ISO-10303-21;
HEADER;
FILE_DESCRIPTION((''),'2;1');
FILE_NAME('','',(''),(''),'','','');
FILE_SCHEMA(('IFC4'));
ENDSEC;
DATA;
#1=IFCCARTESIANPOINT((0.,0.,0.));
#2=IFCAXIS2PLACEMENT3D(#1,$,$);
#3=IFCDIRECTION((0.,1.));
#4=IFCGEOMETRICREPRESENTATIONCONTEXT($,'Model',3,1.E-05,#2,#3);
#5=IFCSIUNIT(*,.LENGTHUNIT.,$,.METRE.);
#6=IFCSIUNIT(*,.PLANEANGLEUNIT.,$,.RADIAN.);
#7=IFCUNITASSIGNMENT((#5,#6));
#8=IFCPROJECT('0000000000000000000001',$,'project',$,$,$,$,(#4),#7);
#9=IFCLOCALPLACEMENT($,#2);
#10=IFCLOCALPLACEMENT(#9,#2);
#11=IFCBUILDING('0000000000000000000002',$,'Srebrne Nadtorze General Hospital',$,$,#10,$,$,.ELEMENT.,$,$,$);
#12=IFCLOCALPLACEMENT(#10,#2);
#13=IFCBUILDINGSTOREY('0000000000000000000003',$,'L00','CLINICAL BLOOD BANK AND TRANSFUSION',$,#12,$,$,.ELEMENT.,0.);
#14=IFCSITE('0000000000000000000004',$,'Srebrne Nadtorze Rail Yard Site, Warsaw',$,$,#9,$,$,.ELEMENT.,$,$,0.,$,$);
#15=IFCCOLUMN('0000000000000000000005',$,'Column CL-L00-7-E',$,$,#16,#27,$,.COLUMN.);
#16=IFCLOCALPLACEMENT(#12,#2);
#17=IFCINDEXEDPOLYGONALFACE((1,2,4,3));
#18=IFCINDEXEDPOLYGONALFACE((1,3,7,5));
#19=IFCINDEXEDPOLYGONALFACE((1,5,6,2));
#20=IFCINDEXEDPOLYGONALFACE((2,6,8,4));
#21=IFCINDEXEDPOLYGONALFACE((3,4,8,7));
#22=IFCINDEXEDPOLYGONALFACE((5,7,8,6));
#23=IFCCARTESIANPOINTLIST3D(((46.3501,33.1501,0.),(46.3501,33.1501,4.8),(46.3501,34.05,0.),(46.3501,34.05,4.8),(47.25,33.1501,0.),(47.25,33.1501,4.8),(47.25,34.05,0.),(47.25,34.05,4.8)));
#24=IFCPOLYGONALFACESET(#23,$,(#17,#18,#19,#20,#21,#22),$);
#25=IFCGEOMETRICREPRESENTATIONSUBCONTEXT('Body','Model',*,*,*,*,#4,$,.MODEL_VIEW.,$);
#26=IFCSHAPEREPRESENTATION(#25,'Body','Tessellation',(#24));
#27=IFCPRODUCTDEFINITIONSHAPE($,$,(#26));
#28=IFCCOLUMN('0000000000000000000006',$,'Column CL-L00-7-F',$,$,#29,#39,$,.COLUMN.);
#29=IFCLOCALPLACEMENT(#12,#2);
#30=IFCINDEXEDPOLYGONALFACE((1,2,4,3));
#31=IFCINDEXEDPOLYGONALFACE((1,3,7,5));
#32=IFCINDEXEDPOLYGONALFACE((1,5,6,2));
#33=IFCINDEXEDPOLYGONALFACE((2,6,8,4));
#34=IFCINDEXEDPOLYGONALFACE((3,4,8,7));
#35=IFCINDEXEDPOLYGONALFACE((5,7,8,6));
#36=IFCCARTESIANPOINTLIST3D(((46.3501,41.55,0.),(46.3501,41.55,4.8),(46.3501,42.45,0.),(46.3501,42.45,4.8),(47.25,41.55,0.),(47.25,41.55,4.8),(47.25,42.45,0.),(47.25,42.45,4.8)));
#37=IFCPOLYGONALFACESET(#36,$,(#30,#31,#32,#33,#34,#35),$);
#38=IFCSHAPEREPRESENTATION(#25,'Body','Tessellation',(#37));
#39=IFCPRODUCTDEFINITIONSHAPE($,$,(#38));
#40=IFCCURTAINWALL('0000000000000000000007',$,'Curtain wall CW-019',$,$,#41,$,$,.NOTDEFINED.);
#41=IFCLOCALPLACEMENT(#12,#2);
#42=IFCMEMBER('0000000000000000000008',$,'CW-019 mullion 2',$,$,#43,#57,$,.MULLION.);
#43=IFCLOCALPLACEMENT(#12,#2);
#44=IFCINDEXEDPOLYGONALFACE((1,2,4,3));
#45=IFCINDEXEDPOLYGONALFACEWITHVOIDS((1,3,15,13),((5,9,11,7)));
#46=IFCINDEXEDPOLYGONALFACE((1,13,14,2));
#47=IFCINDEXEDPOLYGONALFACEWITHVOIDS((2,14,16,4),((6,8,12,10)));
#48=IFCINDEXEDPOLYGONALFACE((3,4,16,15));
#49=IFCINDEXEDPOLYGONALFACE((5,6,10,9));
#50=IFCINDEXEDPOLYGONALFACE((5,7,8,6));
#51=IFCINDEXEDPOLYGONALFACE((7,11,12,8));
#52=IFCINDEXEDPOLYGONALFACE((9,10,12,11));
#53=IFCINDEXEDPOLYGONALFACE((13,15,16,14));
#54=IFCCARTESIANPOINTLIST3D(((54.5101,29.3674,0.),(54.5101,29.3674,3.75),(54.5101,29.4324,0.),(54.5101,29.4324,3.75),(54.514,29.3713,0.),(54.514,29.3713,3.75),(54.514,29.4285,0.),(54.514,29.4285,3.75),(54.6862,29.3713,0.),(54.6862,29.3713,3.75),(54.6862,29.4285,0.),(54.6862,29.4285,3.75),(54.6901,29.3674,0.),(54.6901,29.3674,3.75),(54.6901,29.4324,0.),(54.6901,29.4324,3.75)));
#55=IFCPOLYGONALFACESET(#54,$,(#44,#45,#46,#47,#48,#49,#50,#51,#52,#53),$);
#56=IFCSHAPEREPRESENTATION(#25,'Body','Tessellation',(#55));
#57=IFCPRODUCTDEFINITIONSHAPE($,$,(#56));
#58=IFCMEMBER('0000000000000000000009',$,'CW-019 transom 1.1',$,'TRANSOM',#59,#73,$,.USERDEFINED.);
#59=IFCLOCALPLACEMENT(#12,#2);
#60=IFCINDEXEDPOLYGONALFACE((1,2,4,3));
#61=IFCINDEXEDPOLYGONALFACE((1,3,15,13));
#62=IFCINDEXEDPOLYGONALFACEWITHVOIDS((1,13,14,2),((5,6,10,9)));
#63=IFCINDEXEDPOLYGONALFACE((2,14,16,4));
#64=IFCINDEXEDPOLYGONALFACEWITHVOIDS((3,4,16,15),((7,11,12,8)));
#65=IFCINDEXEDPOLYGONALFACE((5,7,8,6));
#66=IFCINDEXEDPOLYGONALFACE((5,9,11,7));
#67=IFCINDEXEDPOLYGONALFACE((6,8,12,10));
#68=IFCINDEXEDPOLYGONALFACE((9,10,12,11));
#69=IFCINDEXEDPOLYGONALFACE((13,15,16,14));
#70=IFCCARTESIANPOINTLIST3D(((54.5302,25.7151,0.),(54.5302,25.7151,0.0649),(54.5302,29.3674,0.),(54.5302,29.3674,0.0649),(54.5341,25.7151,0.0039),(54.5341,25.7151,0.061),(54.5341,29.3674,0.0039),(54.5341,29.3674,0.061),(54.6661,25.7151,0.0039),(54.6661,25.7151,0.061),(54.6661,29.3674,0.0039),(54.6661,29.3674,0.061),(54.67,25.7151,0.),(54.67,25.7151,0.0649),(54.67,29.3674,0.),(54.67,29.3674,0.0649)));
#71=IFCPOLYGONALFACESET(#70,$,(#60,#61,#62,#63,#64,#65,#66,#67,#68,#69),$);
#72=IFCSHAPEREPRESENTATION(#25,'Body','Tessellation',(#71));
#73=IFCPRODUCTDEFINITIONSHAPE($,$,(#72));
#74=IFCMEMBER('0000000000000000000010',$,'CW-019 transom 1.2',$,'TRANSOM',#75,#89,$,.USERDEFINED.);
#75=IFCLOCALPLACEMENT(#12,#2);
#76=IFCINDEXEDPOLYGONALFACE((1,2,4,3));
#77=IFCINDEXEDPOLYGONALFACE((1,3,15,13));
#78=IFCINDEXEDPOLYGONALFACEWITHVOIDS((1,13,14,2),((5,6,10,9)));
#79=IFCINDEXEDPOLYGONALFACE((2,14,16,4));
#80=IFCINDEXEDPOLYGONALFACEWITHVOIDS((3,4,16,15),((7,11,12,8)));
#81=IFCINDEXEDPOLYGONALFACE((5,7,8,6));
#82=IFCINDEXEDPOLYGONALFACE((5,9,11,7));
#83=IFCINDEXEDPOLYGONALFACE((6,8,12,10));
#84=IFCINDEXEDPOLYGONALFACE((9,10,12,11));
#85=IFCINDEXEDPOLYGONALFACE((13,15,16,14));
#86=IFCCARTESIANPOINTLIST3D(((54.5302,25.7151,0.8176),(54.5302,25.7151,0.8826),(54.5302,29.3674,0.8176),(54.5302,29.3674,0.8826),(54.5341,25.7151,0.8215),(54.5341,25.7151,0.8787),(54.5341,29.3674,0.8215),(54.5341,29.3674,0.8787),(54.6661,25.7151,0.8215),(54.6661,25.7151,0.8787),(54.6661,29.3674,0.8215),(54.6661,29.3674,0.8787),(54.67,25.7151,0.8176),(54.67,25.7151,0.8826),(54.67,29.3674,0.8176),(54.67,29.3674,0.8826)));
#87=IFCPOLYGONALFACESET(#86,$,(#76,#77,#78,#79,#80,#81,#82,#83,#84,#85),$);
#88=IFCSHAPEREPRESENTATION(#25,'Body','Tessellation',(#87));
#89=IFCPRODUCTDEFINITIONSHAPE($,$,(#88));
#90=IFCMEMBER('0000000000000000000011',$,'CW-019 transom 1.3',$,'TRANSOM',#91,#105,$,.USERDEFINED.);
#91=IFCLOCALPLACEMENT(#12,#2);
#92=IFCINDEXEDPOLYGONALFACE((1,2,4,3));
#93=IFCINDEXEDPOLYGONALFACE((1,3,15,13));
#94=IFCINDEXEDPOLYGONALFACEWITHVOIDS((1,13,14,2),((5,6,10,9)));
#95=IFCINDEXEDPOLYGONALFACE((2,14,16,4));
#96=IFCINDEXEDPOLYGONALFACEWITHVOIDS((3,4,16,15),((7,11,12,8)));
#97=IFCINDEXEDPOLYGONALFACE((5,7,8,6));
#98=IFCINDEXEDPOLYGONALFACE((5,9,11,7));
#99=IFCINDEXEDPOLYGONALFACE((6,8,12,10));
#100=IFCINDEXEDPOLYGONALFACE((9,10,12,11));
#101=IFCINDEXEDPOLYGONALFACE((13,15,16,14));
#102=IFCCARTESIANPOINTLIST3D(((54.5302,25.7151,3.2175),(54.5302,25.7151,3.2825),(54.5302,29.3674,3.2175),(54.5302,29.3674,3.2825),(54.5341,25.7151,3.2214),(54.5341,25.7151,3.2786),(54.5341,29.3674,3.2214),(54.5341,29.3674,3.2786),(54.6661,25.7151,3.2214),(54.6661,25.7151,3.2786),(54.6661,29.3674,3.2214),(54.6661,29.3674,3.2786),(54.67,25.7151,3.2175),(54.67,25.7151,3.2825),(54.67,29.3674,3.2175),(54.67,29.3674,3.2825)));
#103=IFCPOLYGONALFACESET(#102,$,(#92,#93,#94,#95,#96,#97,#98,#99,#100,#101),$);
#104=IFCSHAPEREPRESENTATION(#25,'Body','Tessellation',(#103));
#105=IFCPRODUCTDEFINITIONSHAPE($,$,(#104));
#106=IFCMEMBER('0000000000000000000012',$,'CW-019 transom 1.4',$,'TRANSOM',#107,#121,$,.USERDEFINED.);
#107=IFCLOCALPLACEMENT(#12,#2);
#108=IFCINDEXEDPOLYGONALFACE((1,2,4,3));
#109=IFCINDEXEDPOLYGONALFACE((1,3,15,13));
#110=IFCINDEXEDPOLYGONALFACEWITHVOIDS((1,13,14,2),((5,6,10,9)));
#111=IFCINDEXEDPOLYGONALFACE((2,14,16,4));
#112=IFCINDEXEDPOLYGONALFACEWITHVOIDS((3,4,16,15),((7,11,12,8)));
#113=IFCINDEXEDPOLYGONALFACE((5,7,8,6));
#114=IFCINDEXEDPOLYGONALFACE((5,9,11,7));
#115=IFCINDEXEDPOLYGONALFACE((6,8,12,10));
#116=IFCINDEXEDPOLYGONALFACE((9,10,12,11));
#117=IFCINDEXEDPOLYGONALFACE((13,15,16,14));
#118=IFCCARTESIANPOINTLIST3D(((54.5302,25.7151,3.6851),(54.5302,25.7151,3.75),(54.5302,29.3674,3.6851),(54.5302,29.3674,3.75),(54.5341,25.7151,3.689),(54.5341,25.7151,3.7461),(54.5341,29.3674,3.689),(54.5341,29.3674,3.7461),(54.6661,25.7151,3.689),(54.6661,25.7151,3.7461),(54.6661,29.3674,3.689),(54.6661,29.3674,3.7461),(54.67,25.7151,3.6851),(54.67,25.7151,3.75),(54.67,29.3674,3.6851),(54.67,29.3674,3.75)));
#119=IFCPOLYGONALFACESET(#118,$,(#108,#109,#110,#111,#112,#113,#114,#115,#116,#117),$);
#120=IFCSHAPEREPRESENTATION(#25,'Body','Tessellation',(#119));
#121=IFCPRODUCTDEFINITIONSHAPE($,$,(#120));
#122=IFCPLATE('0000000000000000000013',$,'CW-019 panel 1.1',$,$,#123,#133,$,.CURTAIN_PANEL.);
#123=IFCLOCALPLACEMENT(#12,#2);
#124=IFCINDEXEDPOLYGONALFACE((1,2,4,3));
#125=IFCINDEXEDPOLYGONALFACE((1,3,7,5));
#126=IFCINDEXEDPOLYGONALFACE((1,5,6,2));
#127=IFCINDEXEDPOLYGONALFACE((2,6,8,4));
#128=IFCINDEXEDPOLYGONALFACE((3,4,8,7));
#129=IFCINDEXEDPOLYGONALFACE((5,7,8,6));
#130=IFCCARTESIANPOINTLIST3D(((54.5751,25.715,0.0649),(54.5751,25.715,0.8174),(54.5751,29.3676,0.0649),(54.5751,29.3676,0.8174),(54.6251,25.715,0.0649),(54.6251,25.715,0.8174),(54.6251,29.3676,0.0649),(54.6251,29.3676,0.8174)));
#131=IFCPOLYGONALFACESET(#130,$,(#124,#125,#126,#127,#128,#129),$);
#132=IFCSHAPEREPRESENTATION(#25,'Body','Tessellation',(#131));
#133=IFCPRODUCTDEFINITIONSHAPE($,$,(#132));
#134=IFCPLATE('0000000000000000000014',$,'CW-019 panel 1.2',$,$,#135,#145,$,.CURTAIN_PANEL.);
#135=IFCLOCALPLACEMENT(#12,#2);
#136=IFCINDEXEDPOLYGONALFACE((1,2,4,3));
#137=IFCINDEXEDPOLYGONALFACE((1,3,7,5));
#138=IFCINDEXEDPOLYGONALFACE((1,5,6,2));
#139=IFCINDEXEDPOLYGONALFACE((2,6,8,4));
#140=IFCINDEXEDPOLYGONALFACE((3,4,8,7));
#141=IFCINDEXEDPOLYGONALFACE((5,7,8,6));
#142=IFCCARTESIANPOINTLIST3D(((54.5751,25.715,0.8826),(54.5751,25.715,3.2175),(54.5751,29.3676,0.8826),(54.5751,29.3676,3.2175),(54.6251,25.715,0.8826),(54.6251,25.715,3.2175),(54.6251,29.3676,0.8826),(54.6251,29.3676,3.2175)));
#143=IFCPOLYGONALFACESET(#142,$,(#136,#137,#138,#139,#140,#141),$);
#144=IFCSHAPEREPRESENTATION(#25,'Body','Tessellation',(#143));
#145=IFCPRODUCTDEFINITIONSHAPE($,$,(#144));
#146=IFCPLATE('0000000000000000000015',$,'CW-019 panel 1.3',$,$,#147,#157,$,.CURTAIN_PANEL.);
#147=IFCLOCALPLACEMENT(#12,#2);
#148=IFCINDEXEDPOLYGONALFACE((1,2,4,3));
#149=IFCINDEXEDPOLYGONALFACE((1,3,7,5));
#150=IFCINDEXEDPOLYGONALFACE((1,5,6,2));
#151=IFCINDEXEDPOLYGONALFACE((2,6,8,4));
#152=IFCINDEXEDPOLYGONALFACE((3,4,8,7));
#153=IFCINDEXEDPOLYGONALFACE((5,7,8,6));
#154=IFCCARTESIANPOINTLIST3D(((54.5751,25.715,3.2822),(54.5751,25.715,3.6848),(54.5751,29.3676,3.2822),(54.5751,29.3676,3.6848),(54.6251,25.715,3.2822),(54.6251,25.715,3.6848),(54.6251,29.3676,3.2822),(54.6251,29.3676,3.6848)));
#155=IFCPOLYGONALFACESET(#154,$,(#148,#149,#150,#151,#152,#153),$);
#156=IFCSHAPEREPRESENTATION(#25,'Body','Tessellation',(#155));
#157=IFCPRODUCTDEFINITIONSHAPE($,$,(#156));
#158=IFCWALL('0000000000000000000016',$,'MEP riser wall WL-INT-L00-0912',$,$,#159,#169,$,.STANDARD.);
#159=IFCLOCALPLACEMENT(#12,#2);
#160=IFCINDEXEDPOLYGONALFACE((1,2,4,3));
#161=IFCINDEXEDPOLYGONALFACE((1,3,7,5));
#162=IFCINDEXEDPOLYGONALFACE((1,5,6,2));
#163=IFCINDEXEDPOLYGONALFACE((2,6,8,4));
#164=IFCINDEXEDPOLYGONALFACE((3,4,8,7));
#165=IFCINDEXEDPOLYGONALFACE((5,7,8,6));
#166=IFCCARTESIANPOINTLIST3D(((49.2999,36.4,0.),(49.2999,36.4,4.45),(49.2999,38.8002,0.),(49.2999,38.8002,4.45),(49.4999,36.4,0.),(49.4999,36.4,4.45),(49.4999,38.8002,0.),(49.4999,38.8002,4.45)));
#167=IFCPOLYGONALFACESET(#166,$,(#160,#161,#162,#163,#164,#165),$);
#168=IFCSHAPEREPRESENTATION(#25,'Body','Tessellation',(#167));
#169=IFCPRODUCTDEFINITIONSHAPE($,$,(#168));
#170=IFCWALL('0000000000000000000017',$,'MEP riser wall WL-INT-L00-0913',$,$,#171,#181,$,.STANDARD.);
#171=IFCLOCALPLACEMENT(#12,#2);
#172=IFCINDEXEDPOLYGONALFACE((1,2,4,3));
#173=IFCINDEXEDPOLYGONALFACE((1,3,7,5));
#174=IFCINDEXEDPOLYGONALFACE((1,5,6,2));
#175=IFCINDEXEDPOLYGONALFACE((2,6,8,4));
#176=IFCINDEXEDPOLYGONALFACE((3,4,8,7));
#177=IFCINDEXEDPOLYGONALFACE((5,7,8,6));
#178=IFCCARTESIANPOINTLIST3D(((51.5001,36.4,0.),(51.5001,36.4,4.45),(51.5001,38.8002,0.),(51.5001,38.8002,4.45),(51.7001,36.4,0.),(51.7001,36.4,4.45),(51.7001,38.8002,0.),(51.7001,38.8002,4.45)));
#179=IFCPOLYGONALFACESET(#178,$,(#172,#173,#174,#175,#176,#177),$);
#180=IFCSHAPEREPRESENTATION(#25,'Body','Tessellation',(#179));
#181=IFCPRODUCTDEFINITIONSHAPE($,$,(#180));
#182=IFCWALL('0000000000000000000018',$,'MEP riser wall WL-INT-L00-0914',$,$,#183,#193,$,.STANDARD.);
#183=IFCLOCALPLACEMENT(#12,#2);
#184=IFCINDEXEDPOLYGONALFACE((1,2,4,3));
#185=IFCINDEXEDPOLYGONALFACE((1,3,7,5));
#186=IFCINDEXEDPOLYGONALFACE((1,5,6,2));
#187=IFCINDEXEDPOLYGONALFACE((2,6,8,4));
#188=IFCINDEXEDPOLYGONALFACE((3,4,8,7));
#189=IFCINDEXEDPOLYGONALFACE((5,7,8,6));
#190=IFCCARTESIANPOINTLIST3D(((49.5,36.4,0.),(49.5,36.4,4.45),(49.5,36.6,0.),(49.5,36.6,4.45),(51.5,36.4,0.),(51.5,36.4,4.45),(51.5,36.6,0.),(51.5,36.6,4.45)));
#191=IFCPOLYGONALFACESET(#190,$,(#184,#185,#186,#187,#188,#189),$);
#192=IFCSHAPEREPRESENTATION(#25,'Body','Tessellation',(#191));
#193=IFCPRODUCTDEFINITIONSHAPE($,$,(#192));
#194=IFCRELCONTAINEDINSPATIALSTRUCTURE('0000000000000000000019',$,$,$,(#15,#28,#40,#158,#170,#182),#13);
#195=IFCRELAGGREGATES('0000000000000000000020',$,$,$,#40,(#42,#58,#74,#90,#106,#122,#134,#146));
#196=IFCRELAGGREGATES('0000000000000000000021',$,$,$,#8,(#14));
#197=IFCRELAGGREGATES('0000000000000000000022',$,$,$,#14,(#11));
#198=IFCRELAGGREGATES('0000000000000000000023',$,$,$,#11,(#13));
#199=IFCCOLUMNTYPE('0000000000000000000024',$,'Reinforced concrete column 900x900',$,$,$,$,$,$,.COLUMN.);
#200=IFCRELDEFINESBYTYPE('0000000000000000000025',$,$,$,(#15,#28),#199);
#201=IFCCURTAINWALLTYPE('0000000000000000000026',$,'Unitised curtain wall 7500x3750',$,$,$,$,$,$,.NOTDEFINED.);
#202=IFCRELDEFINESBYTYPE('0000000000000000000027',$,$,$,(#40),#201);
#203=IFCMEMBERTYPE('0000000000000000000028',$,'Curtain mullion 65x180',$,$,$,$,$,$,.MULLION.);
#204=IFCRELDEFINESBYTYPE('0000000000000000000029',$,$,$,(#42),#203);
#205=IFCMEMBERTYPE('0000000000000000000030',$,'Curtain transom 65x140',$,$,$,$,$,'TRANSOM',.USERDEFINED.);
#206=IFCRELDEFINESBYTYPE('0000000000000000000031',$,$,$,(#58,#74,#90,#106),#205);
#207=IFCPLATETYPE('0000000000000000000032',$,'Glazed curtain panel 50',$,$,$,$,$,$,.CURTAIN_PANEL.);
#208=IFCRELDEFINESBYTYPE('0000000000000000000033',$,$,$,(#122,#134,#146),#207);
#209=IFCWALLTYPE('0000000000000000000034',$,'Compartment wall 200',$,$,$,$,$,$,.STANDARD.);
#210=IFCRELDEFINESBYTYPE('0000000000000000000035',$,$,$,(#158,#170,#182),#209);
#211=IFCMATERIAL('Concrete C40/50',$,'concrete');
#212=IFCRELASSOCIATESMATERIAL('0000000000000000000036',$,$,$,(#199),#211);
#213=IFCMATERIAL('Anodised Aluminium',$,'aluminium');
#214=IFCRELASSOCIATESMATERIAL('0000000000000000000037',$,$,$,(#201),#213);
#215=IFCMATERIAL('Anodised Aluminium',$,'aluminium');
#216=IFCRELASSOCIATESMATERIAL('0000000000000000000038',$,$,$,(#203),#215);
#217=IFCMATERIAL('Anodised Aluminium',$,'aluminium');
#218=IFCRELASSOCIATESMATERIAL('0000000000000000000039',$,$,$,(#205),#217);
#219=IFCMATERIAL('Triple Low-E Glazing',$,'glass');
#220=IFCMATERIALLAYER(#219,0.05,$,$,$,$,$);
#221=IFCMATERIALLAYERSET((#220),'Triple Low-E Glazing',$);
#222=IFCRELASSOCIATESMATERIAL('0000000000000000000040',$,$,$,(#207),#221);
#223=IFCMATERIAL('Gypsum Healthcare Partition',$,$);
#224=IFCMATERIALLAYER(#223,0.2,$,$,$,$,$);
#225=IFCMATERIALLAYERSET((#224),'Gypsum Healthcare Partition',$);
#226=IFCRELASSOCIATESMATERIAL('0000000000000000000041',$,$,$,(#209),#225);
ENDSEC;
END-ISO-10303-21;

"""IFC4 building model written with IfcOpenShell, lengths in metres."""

from ifc_helpers import new_model, si_unit, direction, frame, frame_2d, origin, origin_2d, place, context, subcontext, project, spatial, rectangle, hollow_rectangle, extrude, material, layer, layer_set, material_profile, profile_set, type_object, element, aggregate, save


model = new_model("IFC4")

# Units and contexts
model_context = context("Model", 3, precision=1e-05, world=origin(), true_north=direction((0.0, 1.0)))
body_context = subcontext(model_context, "Body", "Model", "MODEL_VIEW")
ifc_project = project(units=[si_unit("LENGTHUNIT", "METRE"), si_unit("PLANEANGLEUNIT", "RADIAN")], contexts=[model_context])

# Site, building, storey
site_placement = place(None, origin())
site = spatial("IfcSite", under=ifc_project, at=site_placement, Name="Srebrne Nadtorze Rail Yard Site, Warsaw", CompositionType="ELEMENT", RefElevation=0.0)
building_placement = place(site_placement, origin())
building = spatial("IfcBuilding", under=site, at=building_placement, Name="Srebrne Nadtorze General Hospital", CompositionType="ELEMENT")
storey_placement = place(building_placement, origin())
storey = spatial("IfcBuildingStorey", under=building, at=storey_placement, Name="L00", Description="CLINICAL BLOOD BANK AND TRANSFUSION", CompositionType="ELEMENT", Elevation=0.0)

# Columns
ifc_material_1 = material(Name="Concrete C40/50", Category="concrete")
ifc_material_profile_1 = material_profile(ifc_material_1, rectangle(XDim=0.8999, YDim=0.8999, at=origin_2d()), Name="RC-COL-900x900")
ifc_profile_set_1 = profile_set([ifc_material_profile_1], Name="Concrete C40/50")
column_type = type_object("IfcColumnType", Name="Reinforced concrete column 900x900", PredefinedType="COLUMN", material=ifc_profile_set_1)
for number, where, z_axis, x_axis, name in (
    (1, (46.8, 33.6001, 0.0), (0.0, 0.0, 1.0), (1.0, 0.0, 0.0), "Column CL-L00-7-E"),
    (2, (46.8, 42.0, 0.0), (0.0, 0.0, 1.0), (1.0, 0.0, 0.0), "Column CL-L00-7-F"),
):
    element("IfcColumn", number, at=place(storey_placement, frame(where, z_axis=z_axis, x_axis=x_axis)), inside=storey, type_object=column_type, Name=name, PredefinedType="COLUMN", context=body_context, shape_type="SweptSolid", body=[
        extrude(rectangle(XDim=0.8999, YDim=0.8999, at=origin_2d()), origin(), (0.0, 0.0, 1.0), 4.8),
    ])

# Curtain wall, members, plates
ifc_material_2 = material(Name="Anodised Aluminium", Category="aluminium")
curtain_wall_type = type_object("IfcCurtainWallType", Name="Unitised curtain wall 7500x3750", PredefinedType="NOTDEFINED", material=ifc_material_2)
curtain_wall_placement = place(storey_placement, origin())
curtain_wall = element("IfcCurtainWall", 3, at=curtain_wall_placement, inside=storey, type_object=curtain_wall_type, Name="Curtain wall CW-019", PredefinedType="NOTDEFINED")
ifc_material_3 = material(Name="Anodised Aluminium", Category="aluminium")
ifc_material_profile_2 = material_profile(ifc_material_3, hollow_rectangle(XDim=0.0649, YDim=0.1799, WallThickness=0.0039, at=origin_2d()), Name="AL-MUL-65x180")
ifc_profile_set_2 = profile_set([ifc_material_profile_2], Name="Anodised Aluminium")
member_type_1 = type_object("IfcMemberType", Name="Curtain mullion 65x180", PredefinedType="MULLION", material=ifc_profile_set_2)
member_1_placement = place(storey_placement, frame((54.6001, 29.3999, 0.0), z_axis=(0.0, 0.0, 1.0), x_axis=(0.0, 1.0, 0.0)))
member_1 = element("IfcMember", 4, at=member_1_placement, type_object=member_type_1, Name="CW-019 mullion 2", PredefinedType="MULLION", context=body_context, shape_type="SweptSolid", body=[
    extrude(hollow_rectangle(XDim=0.0649, YDim=0.1799, WallThickness=0.0039, at=origin_2d()), origin(), (0.0, 0.0, 1.0), 3.75),
])
ifc_material_4 = material(Name="Anodised Aluminium", Category="aluminium")
ifc_material_profile_3 = material_profile(ifc_material_4, hollow_rectangle(XDim=0.0649, YDim=0.1399, WallThickness=0.0039, at=origin_2d()), Name="AL-TRN-65x140")
ifc_profile_set_3 = profile_set([ifc_material_profile_3], Name="Anodised Aluminium")
member_type_2 = type_object("IfcMemberType", Name="Curtain transom 65x140", ElementType="TRANSOM", PredefinedType="USERDEFINED", material=ifc_profile_set_3)
member_2_placement = place(storey_placement, frame((54.6001, 25.7151, 0.0325), z_axis=(0.0, 1.0, 0.0), x_axis=(0.0, 0.0, 1.0)))
member_2 = element("IfcMember", 5, at=member_2_placement, type_object=member_type_2, Name="CW-019 transom 1.1", ObjectType="TRANSOM", PredefinedType="USERDEFINED", context=body_context, shape_type="SweptSolid", body=[
    extrude(hollow_rectangle(XDim=0.0649, YDim=0.1399, WallThickness=0.0039, at=origin_2d()), origin(), (0.0, 0.0, 1.0), 3.6523),
])
member_3_placement = place(storey_placement, frame((54.6001, 25.7151, 0.8501), z_axis=(0.0, 1.0, 0.0), x_axis=(0.0, 0.0, 1.0)))
member_3 = element("IfcMember", 6, at=member_3_placement, type_object=member_type_2, Name="CW-019 transom 1.2", ObjectType="TRANSOM", PredefinedType="USERDEFINED", context=body_context, shape_type="SweptSolid", body=[
    extrude(hollow_rectangle(XDim=0.0649, YDim=0.1399, WallThickness=0.0039, at=origin_2d()), origin(), (0.0, 0.0, 1.0), 3.6523),
])
member_4_placement = place(storey_placement, frame((54.6001, 25.7151, 3.25), z_axis=(0.0, 1.0, 0.0), x_axis=(0.0, 0.0, 1.0)))
member_4 = element("IfcMember", 7, at=member_4_placement, type_object=member_type_2, Name="CW-019 transom 1.3", ObjectType="TRANSOM", PredefinedType="USERDEFINED", context=body_context, shape_type="SweptSolid", body=[
    extrude(hollow_rectangle(XDim=0.0649, YDim=0.1399, WallThickness=0.0039, at=origin_2d()), origin(), (0.0, 0.0, 1.0), 3.6523),
])
member_5_placement = place(storey_placement, frame((54.6001, 25.7151, 3.7175), z_axis=(0.0, 1.0, 0.0), x_axis=(0.0, 0.0, 1.0)))
member_5 = element("IfcMember", 8, at=member_5_placement, type_object=member_type_2, Name="CW-019 transom 1.4", ObjectType="TRANSOM", PredefinedType="USERDEFINED", context=body_context, shape_type="SweptSolid", body=[
    extrude(hollow_rectangle(XDim=0.0649, YDim=0.1399, WallThickness=0.0039, at=origin_2d()), origin(), (0.0, 0.0, 1.0), 3.6523),
])
ifc_material_5 = material(Name="Triple Low-E Glazing", Category="glass")
ifc_layer_1 = layer(ifc_material_5, 0.05)
ifc_layer_set_1 = layer_set([ifc_layer_1], Name="Triple Low-E Glazing")
plate_type = type_object("IfcPlateType", Name="Glazed curtain panel 50", PredefinedType="CURTAIN_PANEL", material=ifc_layer_set_1)
plate_1_placement = place(storey_placement, frame((54.6001, 27.5413, 0.0649), z_axis=(0.0, 0.0, 1.0), x_axis=(0.0, 1.0, 0.0)))
plate_1 = element("IfcPlate", 9, at=plate_1_placement, type_object=plate_type, Name="CW-019 panel 1.1", PredefinedType="CURTAIN_PANEL", context=body_context, shape_type="SweptSolid", body=[
    extrude(rectangle(XDim=3.6526, YDim=0.05, at=origin_2d()), origin(), (0.0, 0.0, 1.0), 0.7524),
])
plate_2_placement = place(storey_placement, frame((54.6001, 27.5413, 0.8826), z_axis=(0.0, 0.0, 1.0), x_axis=(0.0, 1.0, 0.0)))
plate_2 = element("IfcPlate", 10, at=plate_2_placement, type_object=plate_type, Name="CW-019 panel 1.2", PredefinedType="CURTAIN_PANEL", context=body_context, shape_type="SweptSolid", body=[
    extrude(rectangle(XDim=3.6526, YDim=0.05, at=origin_2d()), origin(), (0.0, 0.0, 1.0), 2.335),
])
plate_3_placement = place(storey_placement, frame((54.6001, 27.5413, 3.2822), z_axis=(0.0, 0.0, 1.0), x_axis=(0.0, 1.0, 0.0)))
plate_3 = element("IfcPlate", 11, at=plate_3_placement, type_object=plate_type, Name="CW-019 panel 1.3", PredefinedType="CURTAIN_PANEL", context=body_context, shape_type="SweptSolid", body=[
    extrude(rectangle(XDim=3.6526, YDim=0.05, at=origin_2d()), origin(), (0.0, 0.0, 1.0), 0.4026),
])
aggregate(curtain_wall, [member_1, member_2, member_3, member_4, member_5, plate_1, plate_2, plate_3])

# Walls
ifc_material_6 = material(Name="Gypsum Healthcare Partition")
ifc_layer_2 = layer(ifc_material_6, 0.2)
ifc_layer_set_2 = layer_set([ifc_layer_2], Name="Gypsum Healthcare Partition")
wall_type_1 = type_object("IfcWallType", Name="Compartment wall 200", PredefinedType="STANDARD", material=ifc_layer_set_2)
for number, where, z_axis, x_axis, name in (
    (12, (49.3999, 36.3999, 0.0), (0.0, 0.0, 1.0), (0.0, 1.0, 0.0), "MEP riser wall WL-INT-L00-0912"),
    (13, (51.6001, 36.3999, 0.0), (0.0, 0.0, 1.0), (0.0, 1.0, 0.0), "MEP riser wall WL-INT-L00-0913"),
):
    element("IfcWall", number, at=place(storey_placement, frame(where, z_axis=z_axis, x_axis=x_axis)), inside=storey, type_object=wall_type_1, Name=name, PredefinedType="STANDARD", context=body_context, shape_type="SweptSolid", body=[
        extrude(rectangle(XDim=2.4001, YDim=0.2, at=frame_2d((1.2002, 0.0))), origin(), (0.0, 0.0, 1.0), 4.45),
    ])
for number, where, z_axis, x_axis, name in (
    (14, (49.5, 36.5, 0.0), (0.0, 0.0, 1.0), (1.0, 0.0, 0.0), "MEP riser wall WL-INT-L00-0914"),
):
    element("IfcWall", number, at=place(storey_placement, frame(where, z_axis=z_axis, x_axis=x_axis)), inside=storey, type_object=wall_type_1, Name=name, PredefinedType="STANDARD", context=body_context, shape_type="SweptSolid", body=[
        extrude(rectangle(XDim=2.0, YDim=0.2, at=frame_2d((1.0, 0.0))), origin(), (0.0, 0.0, 1.0), 4.45),
    ])

save(model, "model.ifc")
